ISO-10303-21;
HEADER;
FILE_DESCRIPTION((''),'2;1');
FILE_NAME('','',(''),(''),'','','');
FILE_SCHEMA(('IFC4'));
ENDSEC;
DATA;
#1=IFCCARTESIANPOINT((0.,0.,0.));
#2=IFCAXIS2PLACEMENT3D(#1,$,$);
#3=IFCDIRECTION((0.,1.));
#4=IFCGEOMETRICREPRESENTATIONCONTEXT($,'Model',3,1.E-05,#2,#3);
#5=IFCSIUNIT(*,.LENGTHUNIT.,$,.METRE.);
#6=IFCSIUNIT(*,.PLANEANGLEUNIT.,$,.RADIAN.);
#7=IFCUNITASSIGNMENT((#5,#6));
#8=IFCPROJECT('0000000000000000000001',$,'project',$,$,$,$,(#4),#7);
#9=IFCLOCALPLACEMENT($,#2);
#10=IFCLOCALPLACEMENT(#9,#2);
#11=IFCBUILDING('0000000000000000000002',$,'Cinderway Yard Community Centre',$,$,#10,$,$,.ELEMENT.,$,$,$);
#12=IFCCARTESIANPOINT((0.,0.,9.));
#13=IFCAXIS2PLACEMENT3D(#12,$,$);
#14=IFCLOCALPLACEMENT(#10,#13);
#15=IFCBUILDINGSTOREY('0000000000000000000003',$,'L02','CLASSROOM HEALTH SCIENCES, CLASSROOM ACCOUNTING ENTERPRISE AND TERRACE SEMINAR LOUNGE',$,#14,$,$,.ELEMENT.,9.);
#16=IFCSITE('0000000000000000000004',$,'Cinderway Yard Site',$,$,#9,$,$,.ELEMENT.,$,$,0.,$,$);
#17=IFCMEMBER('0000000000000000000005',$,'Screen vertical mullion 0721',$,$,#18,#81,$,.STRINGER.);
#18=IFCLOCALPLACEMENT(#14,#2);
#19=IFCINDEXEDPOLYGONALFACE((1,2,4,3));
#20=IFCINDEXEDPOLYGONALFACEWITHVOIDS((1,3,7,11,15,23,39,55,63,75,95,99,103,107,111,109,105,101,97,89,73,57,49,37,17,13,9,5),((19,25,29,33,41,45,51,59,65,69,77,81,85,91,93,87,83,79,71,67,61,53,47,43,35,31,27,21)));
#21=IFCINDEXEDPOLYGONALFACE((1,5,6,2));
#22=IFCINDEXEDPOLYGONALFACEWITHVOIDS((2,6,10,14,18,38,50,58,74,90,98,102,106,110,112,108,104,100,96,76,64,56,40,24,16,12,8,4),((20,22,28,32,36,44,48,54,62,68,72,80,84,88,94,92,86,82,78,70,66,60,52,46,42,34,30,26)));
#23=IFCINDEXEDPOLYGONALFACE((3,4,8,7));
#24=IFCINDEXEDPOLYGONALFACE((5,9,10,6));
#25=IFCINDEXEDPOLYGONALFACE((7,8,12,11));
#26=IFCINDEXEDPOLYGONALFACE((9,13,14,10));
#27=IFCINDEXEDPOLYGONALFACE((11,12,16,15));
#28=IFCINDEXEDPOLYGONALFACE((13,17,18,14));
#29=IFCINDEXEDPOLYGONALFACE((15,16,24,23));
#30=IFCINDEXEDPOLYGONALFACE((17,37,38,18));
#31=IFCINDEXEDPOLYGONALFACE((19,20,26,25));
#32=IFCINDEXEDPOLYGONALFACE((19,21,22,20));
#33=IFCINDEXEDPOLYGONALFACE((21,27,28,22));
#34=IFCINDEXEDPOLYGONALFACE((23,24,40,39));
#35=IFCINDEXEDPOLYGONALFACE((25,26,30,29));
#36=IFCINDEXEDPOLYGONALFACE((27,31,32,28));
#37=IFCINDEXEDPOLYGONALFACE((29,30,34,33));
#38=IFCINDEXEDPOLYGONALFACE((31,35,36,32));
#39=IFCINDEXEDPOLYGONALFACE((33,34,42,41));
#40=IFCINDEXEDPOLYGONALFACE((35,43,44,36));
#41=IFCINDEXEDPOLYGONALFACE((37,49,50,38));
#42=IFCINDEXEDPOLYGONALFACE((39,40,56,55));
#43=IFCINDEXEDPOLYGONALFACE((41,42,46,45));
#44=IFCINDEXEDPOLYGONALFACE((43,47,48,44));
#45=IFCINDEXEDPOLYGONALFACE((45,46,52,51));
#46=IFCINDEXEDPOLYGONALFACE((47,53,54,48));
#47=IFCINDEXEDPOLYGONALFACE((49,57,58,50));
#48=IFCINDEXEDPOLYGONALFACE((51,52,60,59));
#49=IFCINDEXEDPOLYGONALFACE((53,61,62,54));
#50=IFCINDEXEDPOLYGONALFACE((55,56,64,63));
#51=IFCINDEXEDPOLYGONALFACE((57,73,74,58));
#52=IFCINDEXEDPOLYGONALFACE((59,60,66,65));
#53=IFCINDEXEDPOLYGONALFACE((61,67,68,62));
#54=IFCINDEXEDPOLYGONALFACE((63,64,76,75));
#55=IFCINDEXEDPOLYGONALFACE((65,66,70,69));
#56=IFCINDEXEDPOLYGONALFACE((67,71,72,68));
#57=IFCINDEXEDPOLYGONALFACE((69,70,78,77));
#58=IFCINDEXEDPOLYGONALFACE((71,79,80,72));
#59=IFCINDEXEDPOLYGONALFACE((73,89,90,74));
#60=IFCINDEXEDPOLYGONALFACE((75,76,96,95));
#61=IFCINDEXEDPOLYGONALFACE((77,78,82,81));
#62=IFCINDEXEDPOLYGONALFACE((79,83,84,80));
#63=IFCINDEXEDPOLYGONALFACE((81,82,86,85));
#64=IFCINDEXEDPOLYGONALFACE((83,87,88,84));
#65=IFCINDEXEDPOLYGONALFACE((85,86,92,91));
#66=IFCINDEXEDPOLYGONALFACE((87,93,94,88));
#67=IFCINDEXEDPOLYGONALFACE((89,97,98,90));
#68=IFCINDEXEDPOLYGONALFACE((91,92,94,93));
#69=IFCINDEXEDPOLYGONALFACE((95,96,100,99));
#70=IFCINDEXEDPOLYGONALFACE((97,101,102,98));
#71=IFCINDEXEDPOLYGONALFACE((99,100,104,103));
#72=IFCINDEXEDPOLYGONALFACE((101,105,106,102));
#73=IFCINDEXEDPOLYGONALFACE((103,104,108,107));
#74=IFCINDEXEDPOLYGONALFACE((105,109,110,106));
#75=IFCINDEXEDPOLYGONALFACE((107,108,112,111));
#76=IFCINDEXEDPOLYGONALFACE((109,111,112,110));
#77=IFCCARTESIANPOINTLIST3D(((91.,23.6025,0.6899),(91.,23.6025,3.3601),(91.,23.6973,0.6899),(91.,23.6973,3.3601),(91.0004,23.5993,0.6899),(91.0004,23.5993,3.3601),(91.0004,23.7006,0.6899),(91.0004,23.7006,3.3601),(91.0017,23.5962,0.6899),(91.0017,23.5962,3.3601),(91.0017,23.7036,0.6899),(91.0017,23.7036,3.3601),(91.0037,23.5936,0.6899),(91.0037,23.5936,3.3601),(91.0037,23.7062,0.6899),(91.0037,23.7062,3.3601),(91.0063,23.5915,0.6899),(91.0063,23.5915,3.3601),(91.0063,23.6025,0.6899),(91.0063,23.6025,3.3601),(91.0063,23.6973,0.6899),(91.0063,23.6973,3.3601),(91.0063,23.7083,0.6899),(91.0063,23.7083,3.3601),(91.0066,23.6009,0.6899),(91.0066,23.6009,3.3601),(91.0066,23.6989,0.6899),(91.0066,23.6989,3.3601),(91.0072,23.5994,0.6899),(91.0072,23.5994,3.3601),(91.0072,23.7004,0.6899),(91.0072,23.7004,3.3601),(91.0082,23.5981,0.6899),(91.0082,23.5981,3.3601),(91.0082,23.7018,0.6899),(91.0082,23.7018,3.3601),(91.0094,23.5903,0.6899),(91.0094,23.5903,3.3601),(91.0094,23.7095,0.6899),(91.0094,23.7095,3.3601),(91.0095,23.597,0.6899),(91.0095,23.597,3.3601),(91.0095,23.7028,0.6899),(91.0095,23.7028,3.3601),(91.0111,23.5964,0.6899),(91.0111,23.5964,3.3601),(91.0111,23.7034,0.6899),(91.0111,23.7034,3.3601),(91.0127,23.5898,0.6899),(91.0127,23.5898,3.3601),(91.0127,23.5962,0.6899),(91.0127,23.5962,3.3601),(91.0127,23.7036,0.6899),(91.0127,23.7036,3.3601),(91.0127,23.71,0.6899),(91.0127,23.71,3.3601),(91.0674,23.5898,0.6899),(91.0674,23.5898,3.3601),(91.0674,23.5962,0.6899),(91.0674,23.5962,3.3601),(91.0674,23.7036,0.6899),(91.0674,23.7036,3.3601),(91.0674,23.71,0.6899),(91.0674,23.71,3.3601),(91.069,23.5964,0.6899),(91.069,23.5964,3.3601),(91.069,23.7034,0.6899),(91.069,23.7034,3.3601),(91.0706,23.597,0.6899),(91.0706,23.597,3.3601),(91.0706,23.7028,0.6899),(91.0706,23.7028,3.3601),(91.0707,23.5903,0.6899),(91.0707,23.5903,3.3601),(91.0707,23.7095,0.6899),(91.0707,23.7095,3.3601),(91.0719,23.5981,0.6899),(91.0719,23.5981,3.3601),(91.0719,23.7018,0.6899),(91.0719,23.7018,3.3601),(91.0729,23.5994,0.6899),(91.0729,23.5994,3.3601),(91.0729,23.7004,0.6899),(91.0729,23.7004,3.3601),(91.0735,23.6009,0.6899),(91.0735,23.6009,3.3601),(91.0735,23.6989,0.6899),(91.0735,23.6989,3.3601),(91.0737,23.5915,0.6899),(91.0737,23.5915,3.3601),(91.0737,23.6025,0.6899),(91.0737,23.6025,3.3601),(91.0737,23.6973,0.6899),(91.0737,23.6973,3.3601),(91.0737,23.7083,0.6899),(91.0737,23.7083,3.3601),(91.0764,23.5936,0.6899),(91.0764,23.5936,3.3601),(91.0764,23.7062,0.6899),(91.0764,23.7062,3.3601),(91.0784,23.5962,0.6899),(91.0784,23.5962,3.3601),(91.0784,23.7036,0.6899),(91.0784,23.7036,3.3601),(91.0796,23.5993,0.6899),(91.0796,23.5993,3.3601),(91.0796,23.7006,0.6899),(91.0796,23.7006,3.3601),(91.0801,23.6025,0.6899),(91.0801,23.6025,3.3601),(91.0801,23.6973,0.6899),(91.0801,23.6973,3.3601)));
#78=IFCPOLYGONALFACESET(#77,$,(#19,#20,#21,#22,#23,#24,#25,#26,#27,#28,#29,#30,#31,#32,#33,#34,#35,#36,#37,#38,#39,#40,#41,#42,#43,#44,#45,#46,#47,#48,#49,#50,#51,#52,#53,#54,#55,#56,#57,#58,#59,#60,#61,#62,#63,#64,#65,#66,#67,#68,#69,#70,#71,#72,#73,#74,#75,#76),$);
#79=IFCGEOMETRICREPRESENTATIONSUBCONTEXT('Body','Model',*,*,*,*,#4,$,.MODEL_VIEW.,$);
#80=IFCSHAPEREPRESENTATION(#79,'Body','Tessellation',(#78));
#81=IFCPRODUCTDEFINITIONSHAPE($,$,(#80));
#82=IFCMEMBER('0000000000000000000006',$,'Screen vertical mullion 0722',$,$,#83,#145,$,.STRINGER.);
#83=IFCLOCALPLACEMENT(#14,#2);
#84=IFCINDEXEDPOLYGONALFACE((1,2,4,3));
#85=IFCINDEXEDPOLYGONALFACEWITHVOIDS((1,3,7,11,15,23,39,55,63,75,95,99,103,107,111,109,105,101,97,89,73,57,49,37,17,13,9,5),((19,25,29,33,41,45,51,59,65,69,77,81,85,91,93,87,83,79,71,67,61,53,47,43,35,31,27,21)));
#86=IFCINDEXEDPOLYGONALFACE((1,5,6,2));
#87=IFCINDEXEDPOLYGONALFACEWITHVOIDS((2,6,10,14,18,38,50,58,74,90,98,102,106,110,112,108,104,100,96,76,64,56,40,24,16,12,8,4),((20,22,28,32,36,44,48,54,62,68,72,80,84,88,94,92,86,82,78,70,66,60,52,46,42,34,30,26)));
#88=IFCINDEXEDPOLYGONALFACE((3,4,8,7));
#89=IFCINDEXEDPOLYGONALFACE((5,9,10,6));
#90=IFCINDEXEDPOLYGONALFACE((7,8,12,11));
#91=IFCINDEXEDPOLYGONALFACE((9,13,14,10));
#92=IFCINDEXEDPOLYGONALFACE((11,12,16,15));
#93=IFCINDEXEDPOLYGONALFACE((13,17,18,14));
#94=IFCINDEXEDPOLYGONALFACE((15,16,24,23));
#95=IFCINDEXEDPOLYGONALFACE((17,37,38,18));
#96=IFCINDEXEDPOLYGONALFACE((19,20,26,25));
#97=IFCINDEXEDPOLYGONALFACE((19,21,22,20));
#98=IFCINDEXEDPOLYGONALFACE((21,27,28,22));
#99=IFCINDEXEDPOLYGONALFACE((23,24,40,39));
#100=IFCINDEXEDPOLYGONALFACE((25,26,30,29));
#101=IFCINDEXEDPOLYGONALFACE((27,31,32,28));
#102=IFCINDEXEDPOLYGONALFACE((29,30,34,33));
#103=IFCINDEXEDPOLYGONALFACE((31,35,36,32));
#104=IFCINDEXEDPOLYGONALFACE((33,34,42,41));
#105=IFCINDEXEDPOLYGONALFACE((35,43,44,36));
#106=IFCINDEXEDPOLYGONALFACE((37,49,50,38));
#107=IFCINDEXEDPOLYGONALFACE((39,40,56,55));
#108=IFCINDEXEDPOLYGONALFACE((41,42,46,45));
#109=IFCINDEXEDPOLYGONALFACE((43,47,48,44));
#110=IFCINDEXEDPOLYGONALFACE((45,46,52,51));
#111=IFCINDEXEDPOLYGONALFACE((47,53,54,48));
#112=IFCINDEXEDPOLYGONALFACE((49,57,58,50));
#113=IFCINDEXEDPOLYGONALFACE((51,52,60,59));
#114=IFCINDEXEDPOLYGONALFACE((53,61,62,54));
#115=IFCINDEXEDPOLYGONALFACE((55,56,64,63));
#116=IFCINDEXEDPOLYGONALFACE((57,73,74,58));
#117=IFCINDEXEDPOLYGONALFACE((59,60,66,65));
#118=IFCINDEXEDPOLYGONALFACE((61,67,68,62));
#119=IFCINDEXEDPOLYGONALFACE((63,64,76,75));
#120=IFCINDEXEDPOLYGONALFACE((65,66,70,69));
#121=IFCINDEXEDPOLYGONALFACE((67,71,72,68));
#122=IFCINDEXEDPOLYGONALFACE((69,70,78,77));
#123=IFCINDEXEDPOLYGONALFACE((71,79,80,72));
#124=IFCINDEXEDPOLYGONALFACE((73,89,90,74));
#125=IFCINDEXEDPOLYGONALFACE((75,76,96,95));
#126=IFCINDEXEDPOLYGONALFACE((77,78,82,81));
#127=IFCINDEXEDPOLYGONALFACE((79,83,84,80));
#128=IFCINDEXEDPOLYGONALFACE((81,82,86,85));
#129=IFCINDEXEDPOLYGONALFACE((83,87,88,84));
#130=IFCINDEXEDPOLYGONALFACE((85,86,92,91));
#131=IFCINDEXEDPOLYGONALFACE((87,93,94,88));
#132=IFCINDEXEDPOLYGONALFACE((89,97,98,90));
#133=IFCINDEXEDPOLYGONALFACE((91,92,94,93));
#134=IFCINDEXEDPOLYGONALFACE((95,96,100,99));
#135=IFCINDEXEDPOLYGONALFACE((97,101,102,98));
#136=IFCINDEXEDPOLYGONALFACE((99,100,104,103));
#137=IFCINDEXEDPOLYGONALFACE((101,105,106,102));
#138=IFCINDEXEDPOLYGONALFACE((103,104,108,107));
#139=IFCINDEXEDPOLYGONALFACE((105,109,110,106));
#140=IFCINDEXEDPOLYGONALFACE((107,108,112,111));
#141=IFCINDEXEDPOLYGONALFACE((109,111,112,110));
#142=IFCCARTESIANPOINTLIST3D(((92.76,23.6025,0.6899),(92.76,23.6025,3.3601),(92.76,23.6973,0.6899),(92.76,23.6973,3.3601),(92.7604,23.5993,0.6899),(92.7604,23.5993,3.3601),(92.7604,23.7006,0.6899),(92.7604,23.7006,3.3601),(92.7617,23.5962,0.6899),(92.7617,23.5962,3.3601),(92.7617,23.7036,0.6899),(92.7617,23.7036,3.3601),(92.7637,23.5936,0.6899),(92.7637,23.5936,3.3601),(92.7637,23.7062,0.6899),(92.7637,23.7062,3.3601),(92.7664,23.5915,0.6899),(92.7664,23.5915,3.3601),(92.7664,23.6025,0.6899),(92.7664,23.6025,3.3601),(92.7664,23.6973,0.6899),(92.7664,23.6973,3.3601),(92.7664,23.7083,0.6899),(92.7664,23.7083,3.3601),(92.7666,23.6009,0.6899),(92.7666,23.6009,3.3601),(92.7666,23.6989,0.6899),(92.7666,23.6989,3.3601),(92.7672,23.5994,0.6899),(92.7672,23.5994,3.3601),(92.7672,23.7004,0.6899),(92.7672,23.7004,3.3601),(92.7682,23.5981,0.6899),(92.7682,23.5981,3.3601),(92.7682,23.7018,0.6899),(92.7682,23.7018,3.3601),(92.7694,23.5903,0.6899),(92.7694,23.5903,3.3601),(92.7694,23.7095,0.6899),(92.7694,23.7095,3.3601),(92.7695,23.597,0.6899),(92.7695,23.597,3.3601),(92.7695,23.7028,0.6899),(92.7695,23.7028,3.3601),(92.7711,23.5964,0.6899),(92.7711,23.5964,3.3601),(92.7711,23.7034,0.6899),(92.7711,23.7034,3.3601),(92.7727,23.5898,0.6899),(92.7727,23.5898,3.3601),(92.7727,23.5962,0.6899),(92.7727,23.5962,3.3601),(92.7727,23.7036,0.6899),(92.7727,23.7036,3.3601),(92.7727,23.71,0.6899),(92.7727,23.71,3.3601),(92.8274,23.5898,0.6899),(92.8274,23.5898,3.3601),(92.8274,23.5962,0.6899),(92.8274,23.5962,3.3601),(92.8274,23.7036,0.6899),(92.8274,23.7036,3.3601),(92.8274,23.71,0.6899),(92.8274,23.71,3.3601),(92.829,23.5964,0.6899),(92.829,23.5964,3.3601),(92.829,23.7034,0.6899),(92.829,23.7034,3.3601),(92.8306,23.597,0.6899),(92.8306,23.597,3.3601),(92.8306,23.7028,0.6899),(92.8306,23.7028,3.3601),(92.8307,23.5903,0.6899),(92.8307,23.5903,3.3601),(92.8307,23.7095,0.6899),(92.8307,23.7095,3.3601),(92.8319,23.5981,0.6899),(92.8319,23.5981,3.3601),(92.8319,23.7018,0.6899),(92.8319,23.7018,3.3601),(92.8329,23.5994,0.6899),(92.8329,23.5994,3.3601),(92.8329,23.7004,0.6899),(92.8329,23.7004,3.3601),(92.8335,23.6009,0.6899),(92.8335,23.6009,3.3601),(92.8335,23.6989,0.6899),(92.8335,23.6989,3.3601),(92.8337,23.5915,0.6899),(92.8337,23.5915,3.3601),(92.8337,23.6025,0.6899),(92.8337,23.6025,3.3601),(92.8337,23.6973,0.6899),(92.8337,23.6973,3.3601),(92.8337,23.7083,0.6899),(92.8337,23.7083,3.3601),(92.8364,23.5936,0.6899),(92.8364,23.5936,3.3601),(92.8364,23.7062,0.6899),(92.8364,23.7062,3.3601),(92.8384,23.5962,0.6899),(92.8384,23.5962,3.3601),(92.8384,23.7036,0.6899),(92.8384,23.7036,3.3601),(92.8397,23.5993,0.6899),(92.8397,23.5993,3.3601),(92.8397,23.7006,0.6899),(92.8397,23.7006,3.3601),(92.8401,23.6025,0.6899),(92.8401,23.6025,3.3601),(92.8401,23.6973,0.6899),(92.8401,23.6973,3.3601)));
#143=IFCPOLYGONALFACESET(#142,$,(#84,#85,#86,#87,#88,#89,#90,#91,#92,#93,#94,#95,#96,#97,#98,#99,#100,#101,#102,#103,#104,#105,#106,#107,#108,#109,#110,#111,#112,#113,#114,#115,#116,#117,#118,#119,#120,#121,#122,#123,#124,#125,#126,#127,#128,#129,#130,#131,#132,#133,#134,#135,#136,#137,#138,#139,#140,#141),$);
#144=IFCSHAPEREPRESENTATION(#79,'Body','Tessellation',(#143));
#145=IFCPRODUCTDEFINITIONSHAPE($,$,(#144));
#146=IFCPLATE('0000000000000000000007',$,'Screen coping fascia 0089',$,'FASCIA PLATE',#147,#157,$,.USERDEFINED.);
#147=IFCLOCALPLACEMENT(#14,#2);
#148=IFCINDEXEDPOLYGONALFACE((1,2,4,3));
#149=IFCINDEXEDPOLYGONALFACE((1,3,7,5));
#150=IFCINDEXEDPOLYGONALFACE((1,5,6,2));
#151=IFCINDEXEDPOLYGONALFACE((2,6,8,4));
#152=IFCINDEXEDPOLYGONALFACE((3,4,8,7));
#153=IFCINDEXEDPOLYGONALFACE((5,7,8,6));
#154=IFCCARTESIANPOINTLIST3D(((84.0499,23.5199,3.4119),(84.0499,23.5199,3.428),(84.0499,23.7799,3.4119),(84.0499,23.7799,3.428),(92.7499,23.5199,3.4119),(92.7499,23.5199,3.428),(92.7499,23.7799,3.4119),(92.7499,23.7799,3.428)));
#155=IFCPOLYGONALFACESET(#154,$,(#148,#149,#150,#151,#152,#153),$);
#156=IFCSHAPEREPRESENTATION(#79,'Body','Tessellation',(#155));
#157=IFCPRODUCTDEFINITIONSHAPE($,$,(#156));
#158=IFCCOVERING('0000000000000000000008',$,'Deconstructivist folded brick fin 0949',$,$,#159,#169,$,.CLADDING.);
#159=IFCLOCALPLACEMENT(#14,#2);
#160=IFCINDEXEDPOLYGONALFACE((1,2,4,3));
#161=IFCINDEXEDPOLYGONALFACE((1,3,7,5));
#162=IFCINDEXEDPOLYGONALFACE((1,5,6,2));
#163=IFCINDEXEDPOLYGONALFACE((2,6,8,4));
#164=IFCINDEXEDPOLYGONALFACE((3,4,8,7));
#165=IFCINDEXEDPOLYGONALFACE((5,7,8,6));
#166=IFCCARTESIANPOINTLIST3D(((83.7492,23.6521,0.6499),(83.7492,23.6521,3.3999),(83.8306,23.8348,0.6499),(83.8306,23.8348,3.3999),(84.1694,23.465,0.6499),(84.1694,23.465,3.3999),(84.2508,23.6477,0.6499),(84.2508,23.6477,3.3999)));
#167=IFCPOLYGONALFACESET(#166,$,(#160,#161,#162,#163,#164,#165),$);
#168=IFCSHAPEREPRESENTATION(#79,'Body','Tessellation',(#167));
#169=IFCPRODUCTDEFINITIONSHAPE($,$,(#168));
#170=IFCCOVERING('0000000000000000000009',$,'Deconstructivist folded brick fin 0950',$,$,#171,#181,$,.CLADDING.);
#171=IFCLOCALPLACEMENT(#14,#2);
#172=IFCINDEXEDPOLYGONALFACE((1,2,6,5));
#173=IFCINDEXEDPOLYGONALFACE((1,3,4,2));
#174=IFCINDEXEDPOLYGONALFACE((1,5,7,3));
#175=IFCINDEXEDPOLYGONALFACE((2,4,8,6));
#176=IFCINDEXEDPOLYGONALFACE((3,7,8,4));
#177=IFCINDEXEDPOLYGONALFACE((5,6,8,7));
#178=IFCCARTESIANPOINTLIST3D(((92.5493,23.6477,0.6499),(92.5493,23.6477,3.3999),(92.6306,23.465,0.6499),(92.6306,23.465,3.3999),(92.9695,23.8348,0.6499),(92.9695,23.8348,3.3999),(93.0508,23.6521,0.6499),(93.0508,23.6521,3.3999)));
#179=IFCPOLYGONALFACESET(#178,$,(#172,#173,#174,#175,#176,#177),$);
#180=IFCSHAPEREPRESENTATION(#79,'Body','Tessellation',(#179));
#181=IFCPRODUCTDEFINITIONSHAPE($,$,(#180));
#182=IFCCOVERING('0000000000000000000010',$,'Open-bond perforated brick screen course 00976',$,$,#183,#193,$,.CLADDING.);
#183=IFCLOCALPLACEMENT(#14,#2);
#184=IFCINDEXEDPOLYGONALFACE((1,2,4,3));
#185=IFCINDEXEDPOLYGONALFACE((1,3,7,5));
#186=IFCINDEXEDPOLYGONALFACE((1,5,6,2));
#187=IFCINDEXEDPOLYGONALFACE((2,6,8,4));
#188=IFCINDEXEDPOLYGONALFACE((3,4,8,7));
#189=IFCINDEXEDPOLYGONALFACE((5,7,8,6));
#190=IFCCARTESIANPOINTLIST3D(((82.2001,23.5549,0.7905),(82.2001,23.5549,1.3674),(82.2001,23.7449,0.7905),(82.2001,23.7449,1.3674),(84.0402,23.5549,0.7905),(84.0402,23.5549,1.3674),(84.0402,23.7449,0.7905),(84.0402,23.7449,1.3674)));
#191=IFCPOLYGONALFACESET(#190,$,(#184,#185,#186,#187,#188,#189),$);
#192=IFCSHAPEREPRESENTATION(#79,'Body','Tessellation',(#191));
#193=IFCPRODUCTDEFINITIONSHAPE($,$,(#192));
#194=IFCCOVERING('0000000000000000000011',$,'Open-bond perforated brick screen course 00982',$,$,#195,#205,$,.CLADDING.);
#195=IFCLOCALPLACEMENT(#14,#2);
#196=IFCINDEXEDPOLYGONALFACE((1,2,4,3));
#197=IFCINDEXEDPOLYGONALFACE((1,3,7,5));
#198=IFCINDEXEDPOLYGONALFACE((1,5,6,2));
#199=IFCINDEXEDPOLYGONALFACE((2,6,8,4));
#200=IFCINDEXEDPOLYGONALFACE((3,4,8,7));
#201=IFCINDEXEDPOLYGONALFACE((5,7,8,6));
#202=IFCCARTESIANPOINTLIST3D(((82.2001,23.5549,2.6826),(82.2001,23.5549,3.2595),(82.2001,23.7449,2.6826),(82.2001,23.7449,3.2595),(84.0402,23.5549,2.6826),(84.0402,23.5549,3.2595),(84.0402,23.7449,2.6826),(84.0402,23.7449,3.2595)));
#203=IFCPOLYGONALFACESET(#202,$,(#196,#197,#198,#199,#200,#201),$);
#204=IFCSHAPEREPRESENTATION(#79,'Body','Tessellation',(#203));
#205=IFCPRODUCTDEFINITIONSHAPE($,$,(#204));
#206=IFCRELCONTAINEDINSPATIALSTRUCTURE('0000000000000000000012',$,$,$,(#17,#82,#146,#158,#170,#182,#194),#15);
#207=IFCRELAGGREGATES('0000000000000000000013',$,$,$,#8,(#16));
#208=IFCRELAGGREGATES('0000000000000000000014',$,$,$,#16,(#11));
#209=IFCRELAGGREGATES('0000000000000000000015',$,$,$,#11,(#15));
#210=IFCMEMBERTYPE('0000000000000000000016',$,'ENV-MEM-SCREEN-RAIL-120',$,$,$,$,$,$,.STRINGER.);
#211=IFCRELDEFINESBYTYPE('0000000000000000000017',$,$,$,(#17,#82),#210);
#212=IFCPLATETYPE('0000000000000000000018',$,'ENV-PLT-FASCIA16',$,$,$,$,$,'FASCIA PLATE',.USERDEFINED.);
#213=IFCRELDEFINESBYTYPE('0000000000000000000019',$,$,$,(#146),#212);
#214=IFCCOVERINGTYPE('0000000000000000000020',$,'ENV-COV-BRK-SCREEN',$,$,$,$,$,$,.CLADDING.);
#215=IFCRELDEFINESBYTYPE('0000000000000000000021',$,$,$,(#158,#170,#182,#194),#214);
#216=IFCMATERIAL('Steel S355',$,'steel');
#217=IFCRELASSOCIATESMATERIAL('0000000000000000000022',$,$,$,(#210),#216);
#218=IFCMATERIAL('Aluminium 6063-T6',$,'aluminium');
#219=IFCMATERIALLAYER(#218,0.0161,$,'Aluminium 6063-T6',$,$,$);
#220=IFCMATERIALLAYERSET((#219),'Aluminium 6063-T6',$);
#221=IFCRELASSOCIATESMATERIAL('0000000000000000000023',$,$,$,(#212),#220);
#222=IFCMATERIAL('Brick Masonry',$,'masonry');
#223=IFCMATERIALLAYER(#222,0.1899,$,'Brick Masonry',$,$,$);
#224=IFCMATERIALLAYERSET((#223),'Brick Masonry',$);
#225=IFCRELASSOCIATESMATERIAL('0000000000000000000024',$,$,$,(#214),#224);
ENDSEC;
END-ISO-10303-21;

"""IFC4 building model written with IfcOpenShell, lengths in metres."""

from ifc_helpers import new_model, si_unit, direction, frame, origin, origin_2d, place, context, subcontext, project, spatial, rectangle, hollow_rectangle, extrude, material, layer, layer_set, material_profile, profile_set, type_object, element, save


model = new_model("IFC4")

# Units and contexts
model_context = context("Model", 3, precision=1e-05, world=origin(), true_north=direction((0.0, 1.0)))
body_context = subcontext(model_context, "Body", "Model", "MODEL_VIEW")
ifc_project = project(units=[si_unit("LENGTHUNIT", "METRE"), si_unit("PLANEANGLEUNIT", "RADIAN")], contexts=[model_context])

# Site, building, storey
site_placement = place(None, origin())
site = spatial("IfcSite", under=ifc_project, at=site_placement, Name="Cinderway Yard Site", CompositionType="ELEMENT", RefElevation=0.0)
building_placement = place(site_placement, origin())
building = spatial("IfcBuilding", under=site, at=building_placement, Name="Cinderway Yard Community Centre", CompositionType="ELEMENT")
storey_placement = place(building_placement, frame((0.0, 0.0, 9.0)))
storey = spatial("IfcBuildingStorey", under=building, at=storey_placement, Name="L02", Description="CLASSROOM HEALTH SCIENCES, CLASSROOM ACCOUNTING ENTERPRISE AND TERRACE SEMINAR LOUNGE", CompositionType="ELEMENT", Elevation=9.0)

# Members
ifc_material_1 = material(Name="Steel S355", Category="steel")
ifc_material_profile = material_profile(ifc_material_1, hollow_rectangle(XDim=0.0801, YDim=0.1201, WallThickness=0.0063, InnerFilletRadius=0.0063, OuterFilletRadius=0.0127, at=origin_2d()), Name="Steel S355")
ifc_profile_set = profile_set([ifc_material_profile], Name="Steel S355")
member_type = type_object("IfcMemberType", Name="ENV-MEM-SCREEN-RAIL-120", PredefinedType="STRINGER", material=ifc_profile_set)
for number, where, z_axis, x_axis, name in (
    (1, (91.04, 23.6499, 0.6899), (0.0, 0.0, 1.0), (1.0, 0.0, 0.0), "Screen vertical mullion 0721"),
    (2, (92.8, 23.6499, 0.6899), (0.0, 0.0, 1.0), (1.0, 0.0, 0.0), "Screen vertical mullion 0722"),
):
    element("IfcMember", number, at=place(storey_placement, frame(where, z_axis=z_axis, x_axis=x_axis)), inside=storey, type_object=member_type, Name=name, PredefinedType="STRINGER", context=body_context, shape_type="SweptSolid", body=[
        extrude(hollow_rectangle(XDim=0.0801, YDim=0.1201, WallThickness=0.0063, InnerFilletRadius=0.0063, OuterFilletRadius=0.0127, at=origin_2d()), origin(), (0.0, 0.0, 1.0), 2.6702),
    ])

# Plate
ifc_material_2 = material(Name="Aluminium 6063-T6", Category="aluminium")
ifc_layer_1 = layer(ifc_material_2, 0.0161, Name="Aluminium 6063-T6")
ifc_layer_set_1 = layer_set([ifc_layer_1], Name="Aluminium 6063-T6")
plate_type = type_object("IfcPlateType", Name="ENV-PLT-FASCIA16", ElementType="FASCIA PLATE", PredefinedType="USERDEFINED", material=ifc_layer_set_1)
plate_placement = place(storey_placement, frame((88.3999, 23.6499, 3.4119), z_axis=(0.0, 0.0, 1.0), x_axis=(1.0, 0.0, 0.0)))
element("IfcPlate", 3, at=plate_placement, inside=storey, type_object=plate_type, Name="Screen coping fascia 0089", ObjectType="FASCIA PLATE", PredefinedType="USERDEFINED", context=body_context, shape_type="SweptSolid", body=[
    extrude(rectangle(XDim=8.7, YDim=0.26, at=origin_2d()), origin(), (0.0, 0.0, 1.0), 0.0161),
])

# Coverings
ifc_material_3 = material(Name="Brick Masonry", Category="masonry")
ifc_layer_2 = layer(ifc_material_3, 0.1899, Name="Brick Masonry")
ifc_layer_set_2 = layer_set([ifc_layer_2], Name="Brick Masonry")
covering_type = type_object("IfcCoveringType", Name="ENV-COV-BRK-SCREEN", PredefinedType="CLADDING", material=ifc_layer_set_2)
for number, where, z_axis, x_axis, name in (
    (4, (84.0, 23.6499, 0.6499), (0.0, 0.0, 1.0), (0.913545, -0.406737, 0.0), "Deconstructivist folded brick fin 0949"),
    (5, (92.8, 23.6499, 0.6499), (0.0, 0.0, 1.0), (0.913545, 0.406737, 0.0), "Deconstructivist folded brick fin 0950"),
):
    element("IfcCovering", number, at=place(storey_placement, frame(where, z_axis=z_axis, x_axis=x_axis)), inside=storey, type_object=covering_type, Name=name, PredefinedType="CLADDING", context=body_context, shape_type="SweptSolid", body=[
        extrude(rectangle(XDim=0.46, YDim=0.2, at=origin_2d()), origin(), (0.0, 0.0, 1.0), 2.75),
    ])
for number, where, z_axis, x_axis, name in (
    (6, (83.1201, 23.6499, 0.7905), (0.0, 0.0, 1.0), (1.0, 0.0, 0.0), "Open-bond perforated brick screen course 00976"),
    (7, (83.1201, 23.6499, 2.6826), (0.0, 0.0, 1.0), (1.0, 0.0, 0.0), "Open-bond perforated brick screen course 00982"),
):
    element("IfcCovering", number, at=place(storey_placement, frame(where, z_axis=z_axis, x_axis=x_axis)), inside=storey, type_object=covering_type, Name=name, PredefinedType="CLADDING", context=body_context, shape_type="SweptSolid", body=[
        extrude(rectangle(XDim=1.8401, YDim=0.1899, at=origin_2d()), origin(), (0.0, 0.0, 1.0), 0.5769),
    ])

save(model, "model.ifc")
